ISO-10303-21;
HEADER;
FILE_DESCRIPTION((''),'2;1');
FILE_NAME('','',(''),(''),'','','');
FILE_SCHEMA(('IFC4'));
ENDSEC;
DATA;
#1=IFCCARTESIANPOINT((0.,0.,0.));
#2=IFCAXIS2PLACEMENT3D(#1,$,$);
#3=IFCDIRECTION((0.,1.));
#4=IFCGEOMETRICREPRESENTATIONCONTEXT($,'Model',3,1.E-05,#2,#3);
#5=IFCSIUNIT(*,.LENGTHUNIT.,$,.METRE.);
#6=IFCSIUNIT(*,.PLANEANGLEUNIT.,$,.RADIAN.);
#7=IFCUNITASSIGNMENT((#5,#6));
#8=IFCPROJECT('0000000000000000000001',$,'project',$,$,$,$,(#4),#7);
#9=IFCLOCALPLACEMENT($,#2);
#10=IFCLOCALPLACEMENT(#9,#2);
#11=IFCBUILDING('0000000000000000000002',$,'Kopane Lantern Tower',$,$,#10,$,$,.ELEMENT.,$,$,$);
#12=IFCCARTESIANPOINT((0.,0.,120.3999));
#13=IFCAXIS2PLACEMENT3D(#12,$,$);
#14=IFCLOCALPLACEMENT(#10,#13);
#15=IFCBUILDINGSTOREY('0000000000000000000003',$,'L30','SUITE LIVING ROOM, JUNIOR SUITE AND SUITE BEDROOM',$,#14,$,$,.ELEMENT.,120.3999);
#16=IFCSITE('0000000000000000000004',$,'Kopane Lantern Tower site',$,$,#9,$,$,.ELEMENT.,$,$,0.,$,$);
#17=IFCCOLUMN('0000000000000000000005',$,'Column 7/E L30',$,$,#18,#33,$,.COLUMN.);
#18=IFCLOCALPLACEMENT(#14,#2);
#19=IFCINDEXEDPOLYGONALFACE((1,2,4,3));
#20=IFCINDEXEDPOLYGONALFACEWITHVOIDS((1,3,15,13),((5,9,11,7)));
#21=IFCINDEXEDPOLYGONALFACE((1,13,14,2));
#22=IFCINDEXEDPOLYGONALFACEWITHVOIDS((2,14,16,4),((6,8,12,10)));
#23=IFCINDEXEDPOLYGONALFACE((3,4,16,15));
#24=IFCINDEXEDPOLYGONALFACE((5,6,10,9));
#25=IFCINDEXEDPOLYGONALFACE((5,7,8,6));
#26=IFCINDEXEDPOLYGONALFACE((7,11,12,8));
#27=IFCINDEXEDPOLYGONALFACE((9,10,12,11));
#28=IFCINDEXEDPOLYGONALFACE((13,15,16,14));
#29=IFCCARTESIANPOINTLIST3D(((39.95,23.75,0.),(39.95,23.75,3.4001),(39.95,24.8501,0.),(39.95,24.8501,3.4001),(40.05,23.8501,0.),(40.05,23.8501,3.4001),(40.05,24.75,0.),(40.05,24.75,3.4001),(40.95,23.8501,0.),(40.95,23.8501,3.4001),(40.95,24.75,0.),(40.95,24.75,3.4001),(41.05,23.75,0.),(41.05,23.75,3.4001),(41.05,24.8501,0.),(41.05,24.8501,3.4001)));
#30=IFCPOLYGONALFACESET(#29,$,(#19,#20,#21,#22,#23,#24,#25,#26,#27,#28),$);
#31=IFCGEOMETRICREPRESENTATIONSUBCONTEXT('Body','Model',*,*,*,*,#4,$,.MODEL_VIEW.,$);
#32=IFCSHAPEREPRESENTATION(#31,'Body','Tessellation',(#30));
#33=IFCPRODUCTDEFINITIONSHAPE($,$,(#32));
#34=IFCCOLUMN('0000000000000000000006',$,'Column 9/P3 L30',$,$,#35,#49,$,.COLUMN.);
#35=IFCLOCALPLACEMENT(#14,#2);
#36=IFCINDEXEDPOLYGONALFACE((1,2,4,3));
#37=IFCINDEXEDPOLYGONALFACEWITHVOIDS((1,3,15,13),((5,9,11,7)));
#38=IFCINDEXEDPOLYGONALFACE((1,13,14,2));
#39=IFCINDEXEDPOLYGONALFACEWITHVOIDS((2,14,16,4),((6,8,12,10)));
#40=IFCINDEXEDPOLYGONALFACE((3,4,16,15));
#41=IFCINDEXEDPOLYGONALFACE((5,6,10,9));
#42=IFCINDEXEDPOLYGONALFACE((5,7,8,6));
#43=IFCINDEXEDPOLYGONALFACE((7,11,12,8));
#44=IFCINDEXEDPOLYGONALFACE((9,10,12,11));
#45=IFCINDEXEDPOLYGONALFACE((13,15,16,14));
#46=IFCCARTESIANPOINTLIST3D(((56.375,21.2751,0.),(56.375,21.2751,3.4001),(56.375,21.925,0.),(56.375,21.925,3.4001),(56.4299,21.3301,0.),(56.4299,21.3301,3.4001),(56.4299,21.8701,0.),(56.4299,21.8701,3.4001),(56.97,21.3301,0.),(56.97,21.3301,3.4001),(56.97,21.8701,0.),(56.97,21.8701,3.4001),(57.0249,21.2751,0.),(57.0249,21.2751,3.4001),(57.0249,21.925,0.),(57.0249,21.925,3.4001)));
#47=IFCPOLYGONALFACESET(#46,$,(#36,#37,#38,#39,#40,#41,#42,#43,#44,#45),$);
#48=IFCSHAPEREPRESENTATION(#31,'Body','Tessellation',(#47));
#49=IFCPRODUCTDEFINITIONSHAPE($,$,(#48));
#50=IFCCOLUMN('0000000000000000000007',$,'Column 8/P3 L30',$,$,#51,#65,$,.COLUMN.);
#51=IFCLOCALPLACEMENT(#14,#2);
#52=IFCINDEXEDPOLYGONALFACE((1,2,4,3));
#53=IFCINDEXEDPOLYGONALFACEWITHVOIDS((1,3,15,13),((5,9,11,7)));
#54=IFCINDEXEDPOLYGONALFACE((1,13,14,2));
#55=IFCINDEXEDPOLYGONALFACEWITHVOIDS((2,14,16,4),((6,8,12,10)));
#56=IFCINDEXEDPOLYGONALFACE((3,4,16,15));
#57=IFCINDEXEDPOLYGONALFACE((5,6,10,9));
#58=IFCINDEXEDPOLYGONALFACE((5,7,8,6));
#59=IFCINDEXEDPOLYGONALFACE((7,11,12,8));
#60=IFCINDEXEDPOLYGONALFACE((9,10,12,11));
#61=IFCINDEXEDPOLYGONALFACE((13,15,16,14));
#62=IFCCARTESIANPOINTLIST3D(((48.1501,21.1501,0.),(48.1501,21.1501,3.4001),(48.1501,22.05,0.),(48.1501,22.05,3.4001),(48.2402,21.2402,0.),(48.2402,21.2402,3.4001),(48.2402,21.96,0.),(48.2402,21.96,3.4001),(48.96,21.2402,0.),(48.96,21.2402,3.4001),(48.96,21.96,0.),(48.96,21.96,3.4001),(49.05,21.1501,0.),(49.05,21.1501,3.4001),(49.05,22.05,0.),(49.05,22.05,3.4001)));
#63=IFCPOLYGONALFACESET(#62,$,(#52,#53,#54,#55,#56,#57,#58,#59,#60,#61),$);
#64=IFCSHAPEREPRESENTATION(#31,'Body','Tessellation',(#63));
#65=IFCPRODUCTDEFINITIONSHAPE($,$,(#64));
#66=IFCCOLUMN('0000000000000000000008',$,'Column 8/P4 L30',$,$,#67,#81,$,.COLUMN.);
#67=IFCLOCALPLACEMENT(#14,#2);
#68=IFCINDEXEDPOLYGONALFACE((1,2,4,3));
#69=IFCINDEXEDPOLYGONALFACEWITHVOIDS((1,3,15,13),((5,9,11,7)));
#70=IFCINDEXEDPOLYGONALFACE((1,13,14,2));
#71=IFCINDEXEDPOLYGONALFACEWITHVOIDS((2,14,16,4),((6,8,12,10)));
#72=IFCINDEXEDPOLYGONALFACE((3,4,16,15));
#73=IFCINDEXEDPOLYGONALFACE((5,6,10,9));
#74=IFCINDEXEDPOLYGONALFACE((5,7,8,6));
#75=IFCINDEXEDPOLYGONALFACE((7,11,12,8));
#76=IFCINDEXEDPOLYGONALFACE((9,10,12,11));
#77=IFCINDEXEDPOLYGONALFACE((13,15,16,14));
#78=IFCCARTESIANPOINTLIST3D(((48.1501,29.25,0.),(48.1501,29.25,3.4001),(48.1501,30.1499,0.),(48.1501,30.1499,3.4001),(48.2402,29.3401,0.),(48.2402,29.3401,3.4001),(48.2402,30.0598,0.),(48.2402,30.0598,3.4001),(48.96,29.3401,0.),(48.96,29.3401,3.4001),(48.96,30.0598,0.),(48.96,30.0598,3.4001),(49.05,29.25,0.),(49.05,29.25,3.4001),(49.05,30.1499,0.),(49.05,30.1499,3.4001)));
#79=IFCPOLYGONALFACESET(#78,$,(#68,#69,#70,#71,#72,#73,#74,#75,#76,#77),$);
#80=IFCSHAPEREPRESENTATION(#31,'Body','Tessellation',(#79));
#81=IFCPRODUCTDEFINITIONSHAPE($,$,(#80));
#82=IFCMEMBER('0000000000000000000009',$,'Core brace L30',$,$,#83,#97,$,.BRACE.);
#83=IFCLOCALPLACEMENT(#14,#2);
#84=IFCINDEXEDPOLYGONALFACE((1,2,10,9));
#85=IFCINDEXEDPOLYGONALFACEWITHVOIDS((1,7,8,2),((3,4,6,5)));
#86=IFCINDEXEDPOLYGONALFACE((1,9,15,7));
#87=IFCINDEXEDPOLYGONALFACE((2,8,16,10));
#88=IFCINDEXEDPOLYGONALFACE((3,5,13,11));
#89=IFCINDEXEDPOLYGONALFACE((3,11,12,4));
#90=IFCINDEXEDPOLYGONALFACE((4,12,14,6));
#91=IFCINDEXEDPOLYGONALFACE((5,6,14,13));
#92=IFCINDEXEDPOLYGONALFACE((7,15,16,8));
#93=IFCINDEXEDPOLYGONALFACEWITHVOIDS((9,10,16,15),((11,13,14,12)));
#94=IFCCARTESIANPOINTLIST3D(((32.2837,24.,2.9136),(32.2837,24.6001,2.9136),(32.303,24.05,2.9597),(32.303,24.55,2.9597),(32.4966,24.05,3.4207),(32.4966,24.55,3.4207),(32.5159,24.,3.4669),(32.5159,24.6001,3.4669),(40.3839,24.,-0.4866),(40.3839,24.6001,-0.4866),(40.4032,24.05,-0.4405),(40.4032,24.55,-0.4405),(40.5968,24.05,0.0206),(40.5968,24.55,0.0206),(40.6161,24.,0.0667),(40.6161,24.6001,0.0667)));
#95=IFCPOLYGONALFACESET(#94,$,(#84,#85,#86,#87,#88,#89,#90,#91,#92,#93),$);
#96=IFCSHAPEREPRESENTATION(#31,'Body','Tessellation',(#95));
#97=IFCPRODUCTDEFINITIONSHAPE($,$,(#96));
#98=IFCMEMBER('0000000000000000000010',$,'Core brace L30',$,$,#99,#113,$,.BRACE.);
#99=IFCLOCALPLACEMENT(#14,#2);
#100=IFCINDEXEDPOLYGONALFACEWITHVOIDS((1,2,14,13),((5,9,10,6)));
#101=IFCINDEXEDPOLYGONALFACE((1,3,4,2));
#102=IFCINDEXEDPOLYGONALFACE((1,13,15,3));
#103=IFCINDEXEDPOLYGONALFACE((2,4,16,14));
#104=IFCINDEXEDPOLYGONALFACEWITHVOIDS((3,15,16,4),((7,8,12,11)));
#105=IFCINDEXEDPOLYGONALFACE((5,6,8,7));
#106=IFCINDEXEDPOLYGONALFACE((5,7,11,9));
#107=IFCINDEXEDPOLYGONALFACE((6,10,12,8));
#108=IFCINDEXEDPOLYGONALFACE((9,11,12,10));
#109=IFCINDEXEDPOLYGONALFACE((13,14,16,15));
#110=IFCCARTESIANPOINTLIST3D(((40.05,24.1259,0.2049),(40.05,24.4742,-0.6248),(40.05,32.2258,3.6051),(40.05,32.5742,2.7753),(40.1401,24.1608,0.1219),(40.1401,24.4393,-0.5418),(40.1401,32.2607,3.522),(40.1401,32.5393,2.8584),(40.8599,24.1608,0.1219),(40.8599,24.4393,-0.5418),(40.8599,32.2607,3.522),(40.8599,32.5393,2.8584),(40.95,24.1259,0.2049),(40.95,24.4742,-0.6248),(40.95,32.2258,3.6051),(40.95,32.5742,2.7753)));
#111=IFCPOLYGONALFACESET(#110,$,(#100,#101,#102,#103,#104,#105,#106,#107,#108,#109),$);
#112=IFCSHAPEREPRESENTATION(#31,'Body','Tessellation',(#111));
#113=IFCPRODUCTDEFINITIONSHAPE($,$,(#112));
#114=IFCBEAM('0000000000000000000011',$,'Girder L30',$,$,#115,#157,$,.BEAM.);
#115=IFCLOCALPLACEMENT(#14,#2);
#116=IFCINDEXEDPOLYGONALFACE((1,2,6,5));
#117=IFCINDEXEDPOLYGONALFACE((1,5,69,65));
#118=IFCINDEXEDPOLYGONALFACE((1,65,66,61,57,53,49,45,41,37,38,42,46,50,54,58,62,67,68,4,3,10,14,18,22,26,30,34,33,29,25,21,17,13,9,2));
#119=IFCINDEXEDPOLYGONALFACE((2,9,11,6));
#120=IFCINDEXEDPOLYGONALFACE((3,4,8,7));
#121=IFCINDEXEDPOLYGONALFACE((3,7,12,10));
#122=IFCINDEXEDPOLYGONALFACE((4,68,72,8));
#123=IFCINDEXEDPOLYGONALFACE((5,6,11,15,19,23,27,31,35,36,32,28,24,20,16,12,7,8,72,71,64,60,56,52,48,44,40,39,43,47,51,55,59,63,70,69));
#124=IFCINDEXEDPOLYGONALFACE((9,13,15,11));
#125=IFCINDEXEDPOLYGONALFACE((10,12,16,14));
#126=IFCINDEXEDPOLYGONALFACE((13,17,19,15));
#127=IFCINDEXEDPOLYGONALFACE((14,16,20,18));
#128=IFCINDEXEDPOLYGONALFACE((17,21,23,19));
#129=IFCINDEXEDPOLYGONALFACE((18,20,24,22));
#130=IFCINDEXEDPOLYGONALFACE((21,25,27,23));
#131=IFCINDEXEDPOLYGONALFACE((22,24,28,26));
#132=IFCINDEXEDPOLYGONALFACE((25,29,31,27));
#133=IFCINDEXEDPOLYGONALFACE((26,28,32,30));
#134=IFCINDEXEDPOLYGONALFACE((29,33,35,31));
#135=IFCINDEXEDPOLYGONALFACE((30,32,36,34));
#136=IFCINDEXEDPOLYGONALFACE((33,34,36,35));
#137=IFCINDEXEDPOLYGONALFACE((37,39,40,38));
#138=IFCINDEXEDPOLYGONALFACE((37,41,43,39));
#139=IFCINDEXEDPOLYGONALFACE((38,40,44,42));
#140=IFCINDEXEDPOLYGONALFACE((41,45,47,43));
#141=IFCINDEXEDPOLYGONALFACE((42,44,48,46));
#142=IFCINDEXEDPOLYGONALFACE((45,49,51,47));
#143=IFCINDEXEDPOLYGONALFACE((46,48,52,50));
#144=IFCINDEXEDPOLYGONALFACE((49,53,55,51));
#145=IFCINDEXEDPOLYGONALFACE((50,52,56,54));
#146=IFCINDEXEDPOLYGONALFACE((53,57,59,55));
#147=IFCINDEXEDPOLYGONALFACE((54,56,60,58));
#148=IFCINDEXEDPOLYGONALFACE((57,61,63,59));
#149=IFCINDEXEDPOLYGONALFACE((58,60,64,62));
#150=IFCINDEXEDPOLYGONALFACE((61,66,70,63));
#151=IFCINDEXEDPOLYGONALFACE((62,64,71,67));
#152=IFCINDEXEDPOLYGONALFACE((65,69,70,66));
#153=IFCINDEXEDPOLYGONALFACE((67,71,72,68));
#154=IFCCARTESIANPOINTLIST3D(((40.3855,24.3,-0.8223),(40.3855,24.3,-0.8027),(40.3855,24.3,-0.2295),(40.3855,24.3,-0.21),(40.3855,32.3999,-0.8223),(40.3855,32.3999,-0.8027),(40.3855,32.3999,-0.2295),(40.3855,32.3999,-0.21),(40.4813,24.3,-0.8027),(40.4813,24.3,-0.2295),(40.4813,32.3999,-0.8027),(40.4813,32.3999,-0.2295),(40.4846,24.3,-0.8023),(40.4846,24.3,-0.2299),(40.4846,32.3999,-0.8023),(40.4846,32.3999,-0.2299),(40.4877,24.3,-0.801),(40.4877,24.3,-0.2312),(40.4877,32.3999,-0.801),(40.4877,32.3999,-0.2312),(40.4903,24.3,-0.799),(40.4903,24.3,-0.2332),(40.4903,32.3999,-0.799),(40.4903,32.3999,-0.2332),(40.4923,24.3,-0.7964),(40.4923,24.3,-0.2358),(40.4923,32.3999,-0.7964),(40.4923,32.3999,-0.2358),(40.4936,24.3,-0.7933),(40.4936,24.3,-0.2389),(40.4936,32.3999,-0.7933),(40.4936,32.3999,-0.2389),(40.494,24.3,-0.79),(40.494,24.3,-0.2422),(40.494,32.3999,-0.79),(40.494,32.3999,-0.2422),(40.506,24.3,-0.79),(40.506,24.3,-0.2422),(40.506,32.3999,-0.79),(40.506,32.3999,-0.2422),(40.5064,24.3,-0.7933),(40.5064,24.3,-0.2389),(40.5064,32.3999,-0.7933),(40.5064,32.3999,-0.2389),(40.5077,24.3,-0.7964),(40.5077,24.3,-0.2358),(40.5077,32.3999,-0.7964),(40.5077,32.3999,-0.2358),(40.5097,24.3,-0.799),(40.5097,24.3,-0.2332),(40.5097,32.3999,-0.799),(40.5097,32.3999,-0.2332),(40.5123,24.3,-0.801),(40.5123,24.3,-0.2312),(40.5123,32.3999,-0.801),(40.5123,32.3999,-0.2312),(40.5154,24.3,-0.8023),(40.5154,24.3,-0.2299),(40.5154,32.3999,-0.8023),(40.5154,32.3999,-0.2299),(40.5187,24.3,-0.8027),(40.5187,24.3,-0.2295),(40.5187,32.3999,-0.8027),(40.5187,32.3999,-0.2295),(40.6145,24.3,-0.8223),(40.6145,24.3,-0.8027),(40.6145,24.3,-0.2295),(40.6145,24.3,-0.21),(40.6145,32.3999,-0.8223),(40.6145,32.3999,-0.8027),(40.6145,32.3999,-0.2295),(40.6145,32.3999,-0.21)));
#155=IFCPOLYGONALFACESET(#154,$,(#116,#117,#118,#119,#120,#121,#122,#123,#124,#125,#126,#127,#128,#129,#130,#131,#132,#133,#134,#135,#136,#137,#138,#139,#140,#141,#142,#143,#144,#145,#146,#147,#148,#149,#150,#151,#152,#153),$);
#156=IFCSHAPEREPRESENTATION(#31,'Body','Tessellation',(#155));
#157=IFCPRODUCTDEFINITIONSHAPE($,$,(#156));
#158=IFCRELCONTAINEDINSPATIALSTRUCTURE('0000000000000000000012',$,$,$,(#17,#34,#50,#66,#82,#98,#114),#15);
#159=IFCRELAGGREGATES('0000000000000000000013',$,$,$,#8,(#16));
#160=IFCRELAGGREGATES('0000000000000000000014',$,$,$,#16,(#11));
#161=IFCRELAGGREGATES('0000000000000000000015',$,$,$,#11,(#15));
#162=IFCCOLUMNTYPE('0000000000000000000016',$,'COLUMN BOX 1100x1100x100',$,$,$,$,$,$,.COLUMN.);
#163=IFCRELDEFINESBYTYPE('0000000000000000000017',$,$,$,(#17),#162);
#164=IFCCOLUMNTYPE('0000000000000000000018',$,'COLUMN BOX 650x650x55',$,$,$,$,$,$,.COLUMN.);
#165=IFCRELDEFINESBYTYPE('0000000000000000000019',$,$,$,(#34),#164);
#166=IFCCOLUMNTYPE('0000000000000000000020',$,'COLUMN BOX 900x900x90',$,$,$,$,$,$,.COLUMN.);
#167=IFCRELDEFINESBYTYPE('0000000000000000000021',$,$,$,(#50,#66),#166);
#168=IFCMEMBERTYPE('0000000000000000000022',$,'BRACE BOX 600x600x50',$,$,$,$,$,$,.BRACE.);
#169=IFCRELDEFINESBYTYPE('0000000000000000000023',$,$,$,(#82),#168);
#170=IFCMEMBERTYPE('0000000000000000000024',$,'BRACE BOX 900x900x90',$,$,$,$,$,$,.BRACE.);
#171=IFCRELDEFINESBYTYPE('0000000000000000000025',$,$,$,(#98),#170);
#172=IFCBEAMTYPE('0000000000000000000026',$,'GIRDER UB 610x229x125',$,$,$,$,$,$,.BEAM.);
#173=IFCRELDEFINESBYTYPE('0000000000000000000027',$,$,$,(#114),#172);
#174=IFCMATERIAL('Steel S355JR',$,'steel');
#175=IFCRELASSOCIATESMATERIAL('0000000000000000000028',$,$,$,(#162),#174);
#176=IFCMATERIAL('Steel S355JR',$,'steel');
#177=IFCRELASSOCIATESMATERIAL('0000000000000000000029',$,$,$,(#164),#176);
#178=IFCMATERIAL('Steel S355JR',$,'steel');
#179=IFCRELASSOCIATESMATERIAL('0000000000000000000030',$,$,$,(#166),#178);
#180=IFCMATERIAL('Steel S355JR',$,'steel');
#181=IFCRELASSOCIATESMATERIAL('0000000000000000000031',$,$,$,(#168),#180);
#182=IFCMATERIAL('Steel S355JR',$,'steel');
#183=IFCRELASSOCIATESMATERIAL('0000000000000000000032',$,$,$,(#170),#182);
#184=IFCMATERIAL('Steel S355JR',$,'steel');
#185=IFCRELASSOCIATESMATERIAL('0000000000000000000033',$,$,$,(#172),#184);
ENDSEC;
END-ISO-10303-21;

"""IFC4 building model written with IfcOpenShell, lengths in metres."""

from ifc_helpers import new_model, si_unit, direction, frame, origin, origin_2d, place, context, subcontext, project, spatial, hollow_rectangle, i_section, extrude, material, material_profile, profile_set, type_object, element, save


model = new_model("IFC4")

# Units and contexts
model_context = context("Model", 3, precision=1e-05, world=origin(), true_north=direction((0.0, 1.0)))
body_context = subcontext(model_context, "Body", "Model", "MODEL_VIEW")
ifc_project = project(units=[si_unit("LENGTHUNIT", "METRE"), si_unit("PLANEANGLEUNIT", "RADIAN")], contexts=[model_context])

# Site, building, storey
site_placement = place(None, origin())
site = spatial("IfcSite", under=ifc_project, at=site_placement, Name="Kopane Lantern Tower site", CompositionType="ELEMENT", RefElevation=0.0)
building_placement = place(site_placement, origin())
building = spatial("IfcBuilding", under=site, at=building_placement, Name="Kopane Lantern Tower", CompositionType="ELEMENT")
storey_placement = place(building_placement, frame((0.0, 0.0, 120.3999)))
storey = spatial("IfcBuildingStorey", under=building, at=storey_placement, Name="L30", Description="SUITE LIVING ROOM, JUNIOR SUITE AND SUITE BEDROOM", CompositionType="ELEMENT", Elevation=120.3999)

# Columns
ifc_material_1 = material(Name="Steel S355JR", Category="steel")
ifc_material_profile_1 = material_profile(ifc_material_1, hollow_rectangle(XDim=1.1001, YDim=1.1001, WallThickness=0.1001, at=origin_2d()), Name="BOX 1100x1100x100")
ifc_profile_set_1 = profile_set([ifc_material_profile_1], Name="Steel S355JR")
column_type_1 = type_object("IfcColumnType", Name="COLUMN BOX 1100x1100x100", PredefinedType="COLUMN", material=ifc_profile_set_1)
column_1_placement = place(storey_placement, frame((40.5, 24.3, 0.0), z_axis=(0.0, 0.0, 1.0), x_axis=(1.0, 0.0, 0.0)))
element("IfcColumn", 1, at=column_1_placement, inside=storey, type_object=column_type_1, Name="Column 7/E L30", PredefinedType="COLUMN", context=body_context, shape_type="SweptSolid", body=[
    extrude(hollow_rectangle(XDim=1.1001, YDim=1.1001, WallThickness=0.1001, at=origin_2d()), origin(), (0.0, 0.0, 1.0), 3.4001),
])
ifc_material_2 = material(Name="Steel S355JR", Category="steel")
ifc_material_profile_2 = material_profile(ifc_material_2, hollow_rectangle(XDim=0.6499, YDim=0.6499, WallThickness=0.0549, at=origin_2d()), Name="BOX 650x650x55")
ifc_profile_set_2 = profile_set([ifc_material_profile_2], Name="Steel S355JR")
column_type_2 = type_object("IfcColumnType", Name="COLUMN BOX 650x650x55", PredefinedType="COLUMN", material=ifc_profile_set_2)
column_2_placement = place(storey_placement, frame((56.7, 21.6001, 0.0), z_axis=(0.0, 0.0, 1.0), x_axis=(1.0, 0.0, 0.0)))
element("IfcColumn", 2, at=column_2_placement, inside=storey, type_object=column_type_2, Name="Column 9/P3 L30", PredefinedType="COLUMN", context=body_context, shape_type="SweptSolid", body=[
    extrude(hollow_rectangle(XDim=0.6499, YDim=0.6499, WallThickness=0.0549, at=origin_2d()), origin(), (0.0, 0.0, 1.0), 3.4001),
])
ifc_material_3 = material(Name="Steel S355JR", Category="steel")
ifc_material_profile_3 = material_profile(ifc_material_3, hollow_rectangle(XDim=0.8999, YDim=0.8999, WallThickness=0.0901, at=origin_2d()), Name="BOX 900x900x90")
ifc_profile_set_3 = profile_set([ifc_material_profile_3], Name="Steel S355JR")
column_type_3 = type_object("IfcColumnType", Name="COLUMN BOX 900x900x90", PredefinedType="COLUMN", material=ifc_profile_set_3)
for number, where, z_axis, x_axis, name in (
    (3, (48.6001, 21.6001, 0.0), (0.0, 0.0, 1.0), (1.0, 0.0, 0.0), "Column 8/P3 L30"),
    (4, (48.6001, 29.7, 0.0), (0.0, 0.0, 1.0), (1.0, 0.0, 0.0), "Column 8/P4 L30"),
):
    element("IfcColumn", number, at=place(storey_placement, frame(where, z_axis=z_axis, x_axis=x_axis)), inside=storey, type_object=column_type_3, Name=name, PredefinedType="COLUMN", context=body_context, shape_type="SweptSolid", body=[
        extrude(hollow_rectangle(XDim=0.8999, YDim=0.8999, WallThickness=0.0901, at=origin_2d()), origin(), (0.0, 0.0, 1.0), 3.4001),
    ])

# Members
ifc_material_4 = material(Name="Steel S355JR", Category="steel")
ifc_material_profile_4 = material_profile(ifc_material_4, hollow_rectangle(XDim=0.6001, YDim=0.6001, WallThickness=0.05, at=origin_2d()), Name="BOX 600x600x50")
ifc_profile_set_4 = profile_set([ifc_material_profile_4], Name="Steel S355JR")
member_type_1 = type_object("IfcMemberType", Name="BRACE BOX 600x600x50", PredefinedType="BRACE", material=ifc_profile_set_4)
member_1_placement = place(storey_placement, frame((40.5, 24.3, -0.21), z_axis=(-0.922059, 0.0, 0.387049), x_axis=(0.0, -1.0, 0.0)))
element("IfcMember", 5, at=member_1_placement, inside=storey, type_object=member_type_1, Name="Core brace L30", PredefinedType="BRACE", context=body_context, shape_type="SweptSolid", body=[
    extrude(hollow_rectangle(XDim=0.6001, YDim=0.6001, WallThickness=0.05, at=origin_2d()), origin(), (0.0, 0.0, 1.0), 8.7849),
])
ifc_material_5 = material(Name="Steel S355JR", Category="steel")
ifc_material_profile_5 = material_profile(ifc_material_5, hollow_rectangle(XDim=0.8999, YDim=0.8999, WallThickness=0.0901, at=origin_2d()), Name="BOX 900x900x90")
ifc_profile_set_5 = profile_set([ifc_material_profile_5], Name="Steel S355JR")
member_type_2 = type_object("IfcMemberType", Name="BRACE BOX 900x900x90", PredefinedType="BRACE", material=ifc_profile_set_5)
member_2_placement = place(storey_placement, frame((40.5, 24.3, -0.21), z_axis=(0.0, 0.922055, 0.387059), x_axis=(-1.0, 0.0, 0.0)))
element("IfcMember", 6, at=member_2_placement, inside=storey, type_object=member_type_2, Name="Core brace L30", PredefinedType="BRACE", context=body_context, shape_type="SweptSolid", body=[
    extrude(hollow_rectangle(XDim=0.8999, YDim=0.8999, WallThickness=0.0901, at=origin_2d()), origin(), (0.0, 0.0, 1.0), 8.7847),
])

# Beam
ifc_material_6 = material(Name="Steel S355JR", Category="steel")
ifc_material_profile_6 = material_profile(ifc_material_6, i_section(OverallWidth=0.229, OverallDepth=0.6123, WebThickness=0.012, FlangeThickness=0.0195, FilletRadius=0.0127, at=origin_2d()), Name="UB 610x229x125")
ifc_profile_set_6 = profile_set([ifc_material_profile_6], Name="Steel S355JR")
beam_type = type_object("IfcBeamType", Name="GIRDER UB 610x229x125", PredefinedType="BEAM", material=ifc_profile_set_6)
beam_1_placement = place(storey_placement, frame((40.5, 24.3, -0.5161), z_axis=(0.0, 1.0, 0.0), x_axis=(-1.0, 0.0, 0.0)))
element("IfcBeam", 7, at=beam_1_placement, inside=storey, type_object=beam_type, Name="Girder L30", PredefinedType="BEAM", context=body_context, shape_type="SweptSolid", body=[
    extrude(i_section(OverallWidth=0.229, OverallDepth=0.6123, WebThickness=0.012, FlangeThickness=0.0195, FilletRadius=0.0127, at=origin_2d()), origin(), (0.0, 0.0, 1.0), 8.0999),
])

save(model, "model.ifc")
